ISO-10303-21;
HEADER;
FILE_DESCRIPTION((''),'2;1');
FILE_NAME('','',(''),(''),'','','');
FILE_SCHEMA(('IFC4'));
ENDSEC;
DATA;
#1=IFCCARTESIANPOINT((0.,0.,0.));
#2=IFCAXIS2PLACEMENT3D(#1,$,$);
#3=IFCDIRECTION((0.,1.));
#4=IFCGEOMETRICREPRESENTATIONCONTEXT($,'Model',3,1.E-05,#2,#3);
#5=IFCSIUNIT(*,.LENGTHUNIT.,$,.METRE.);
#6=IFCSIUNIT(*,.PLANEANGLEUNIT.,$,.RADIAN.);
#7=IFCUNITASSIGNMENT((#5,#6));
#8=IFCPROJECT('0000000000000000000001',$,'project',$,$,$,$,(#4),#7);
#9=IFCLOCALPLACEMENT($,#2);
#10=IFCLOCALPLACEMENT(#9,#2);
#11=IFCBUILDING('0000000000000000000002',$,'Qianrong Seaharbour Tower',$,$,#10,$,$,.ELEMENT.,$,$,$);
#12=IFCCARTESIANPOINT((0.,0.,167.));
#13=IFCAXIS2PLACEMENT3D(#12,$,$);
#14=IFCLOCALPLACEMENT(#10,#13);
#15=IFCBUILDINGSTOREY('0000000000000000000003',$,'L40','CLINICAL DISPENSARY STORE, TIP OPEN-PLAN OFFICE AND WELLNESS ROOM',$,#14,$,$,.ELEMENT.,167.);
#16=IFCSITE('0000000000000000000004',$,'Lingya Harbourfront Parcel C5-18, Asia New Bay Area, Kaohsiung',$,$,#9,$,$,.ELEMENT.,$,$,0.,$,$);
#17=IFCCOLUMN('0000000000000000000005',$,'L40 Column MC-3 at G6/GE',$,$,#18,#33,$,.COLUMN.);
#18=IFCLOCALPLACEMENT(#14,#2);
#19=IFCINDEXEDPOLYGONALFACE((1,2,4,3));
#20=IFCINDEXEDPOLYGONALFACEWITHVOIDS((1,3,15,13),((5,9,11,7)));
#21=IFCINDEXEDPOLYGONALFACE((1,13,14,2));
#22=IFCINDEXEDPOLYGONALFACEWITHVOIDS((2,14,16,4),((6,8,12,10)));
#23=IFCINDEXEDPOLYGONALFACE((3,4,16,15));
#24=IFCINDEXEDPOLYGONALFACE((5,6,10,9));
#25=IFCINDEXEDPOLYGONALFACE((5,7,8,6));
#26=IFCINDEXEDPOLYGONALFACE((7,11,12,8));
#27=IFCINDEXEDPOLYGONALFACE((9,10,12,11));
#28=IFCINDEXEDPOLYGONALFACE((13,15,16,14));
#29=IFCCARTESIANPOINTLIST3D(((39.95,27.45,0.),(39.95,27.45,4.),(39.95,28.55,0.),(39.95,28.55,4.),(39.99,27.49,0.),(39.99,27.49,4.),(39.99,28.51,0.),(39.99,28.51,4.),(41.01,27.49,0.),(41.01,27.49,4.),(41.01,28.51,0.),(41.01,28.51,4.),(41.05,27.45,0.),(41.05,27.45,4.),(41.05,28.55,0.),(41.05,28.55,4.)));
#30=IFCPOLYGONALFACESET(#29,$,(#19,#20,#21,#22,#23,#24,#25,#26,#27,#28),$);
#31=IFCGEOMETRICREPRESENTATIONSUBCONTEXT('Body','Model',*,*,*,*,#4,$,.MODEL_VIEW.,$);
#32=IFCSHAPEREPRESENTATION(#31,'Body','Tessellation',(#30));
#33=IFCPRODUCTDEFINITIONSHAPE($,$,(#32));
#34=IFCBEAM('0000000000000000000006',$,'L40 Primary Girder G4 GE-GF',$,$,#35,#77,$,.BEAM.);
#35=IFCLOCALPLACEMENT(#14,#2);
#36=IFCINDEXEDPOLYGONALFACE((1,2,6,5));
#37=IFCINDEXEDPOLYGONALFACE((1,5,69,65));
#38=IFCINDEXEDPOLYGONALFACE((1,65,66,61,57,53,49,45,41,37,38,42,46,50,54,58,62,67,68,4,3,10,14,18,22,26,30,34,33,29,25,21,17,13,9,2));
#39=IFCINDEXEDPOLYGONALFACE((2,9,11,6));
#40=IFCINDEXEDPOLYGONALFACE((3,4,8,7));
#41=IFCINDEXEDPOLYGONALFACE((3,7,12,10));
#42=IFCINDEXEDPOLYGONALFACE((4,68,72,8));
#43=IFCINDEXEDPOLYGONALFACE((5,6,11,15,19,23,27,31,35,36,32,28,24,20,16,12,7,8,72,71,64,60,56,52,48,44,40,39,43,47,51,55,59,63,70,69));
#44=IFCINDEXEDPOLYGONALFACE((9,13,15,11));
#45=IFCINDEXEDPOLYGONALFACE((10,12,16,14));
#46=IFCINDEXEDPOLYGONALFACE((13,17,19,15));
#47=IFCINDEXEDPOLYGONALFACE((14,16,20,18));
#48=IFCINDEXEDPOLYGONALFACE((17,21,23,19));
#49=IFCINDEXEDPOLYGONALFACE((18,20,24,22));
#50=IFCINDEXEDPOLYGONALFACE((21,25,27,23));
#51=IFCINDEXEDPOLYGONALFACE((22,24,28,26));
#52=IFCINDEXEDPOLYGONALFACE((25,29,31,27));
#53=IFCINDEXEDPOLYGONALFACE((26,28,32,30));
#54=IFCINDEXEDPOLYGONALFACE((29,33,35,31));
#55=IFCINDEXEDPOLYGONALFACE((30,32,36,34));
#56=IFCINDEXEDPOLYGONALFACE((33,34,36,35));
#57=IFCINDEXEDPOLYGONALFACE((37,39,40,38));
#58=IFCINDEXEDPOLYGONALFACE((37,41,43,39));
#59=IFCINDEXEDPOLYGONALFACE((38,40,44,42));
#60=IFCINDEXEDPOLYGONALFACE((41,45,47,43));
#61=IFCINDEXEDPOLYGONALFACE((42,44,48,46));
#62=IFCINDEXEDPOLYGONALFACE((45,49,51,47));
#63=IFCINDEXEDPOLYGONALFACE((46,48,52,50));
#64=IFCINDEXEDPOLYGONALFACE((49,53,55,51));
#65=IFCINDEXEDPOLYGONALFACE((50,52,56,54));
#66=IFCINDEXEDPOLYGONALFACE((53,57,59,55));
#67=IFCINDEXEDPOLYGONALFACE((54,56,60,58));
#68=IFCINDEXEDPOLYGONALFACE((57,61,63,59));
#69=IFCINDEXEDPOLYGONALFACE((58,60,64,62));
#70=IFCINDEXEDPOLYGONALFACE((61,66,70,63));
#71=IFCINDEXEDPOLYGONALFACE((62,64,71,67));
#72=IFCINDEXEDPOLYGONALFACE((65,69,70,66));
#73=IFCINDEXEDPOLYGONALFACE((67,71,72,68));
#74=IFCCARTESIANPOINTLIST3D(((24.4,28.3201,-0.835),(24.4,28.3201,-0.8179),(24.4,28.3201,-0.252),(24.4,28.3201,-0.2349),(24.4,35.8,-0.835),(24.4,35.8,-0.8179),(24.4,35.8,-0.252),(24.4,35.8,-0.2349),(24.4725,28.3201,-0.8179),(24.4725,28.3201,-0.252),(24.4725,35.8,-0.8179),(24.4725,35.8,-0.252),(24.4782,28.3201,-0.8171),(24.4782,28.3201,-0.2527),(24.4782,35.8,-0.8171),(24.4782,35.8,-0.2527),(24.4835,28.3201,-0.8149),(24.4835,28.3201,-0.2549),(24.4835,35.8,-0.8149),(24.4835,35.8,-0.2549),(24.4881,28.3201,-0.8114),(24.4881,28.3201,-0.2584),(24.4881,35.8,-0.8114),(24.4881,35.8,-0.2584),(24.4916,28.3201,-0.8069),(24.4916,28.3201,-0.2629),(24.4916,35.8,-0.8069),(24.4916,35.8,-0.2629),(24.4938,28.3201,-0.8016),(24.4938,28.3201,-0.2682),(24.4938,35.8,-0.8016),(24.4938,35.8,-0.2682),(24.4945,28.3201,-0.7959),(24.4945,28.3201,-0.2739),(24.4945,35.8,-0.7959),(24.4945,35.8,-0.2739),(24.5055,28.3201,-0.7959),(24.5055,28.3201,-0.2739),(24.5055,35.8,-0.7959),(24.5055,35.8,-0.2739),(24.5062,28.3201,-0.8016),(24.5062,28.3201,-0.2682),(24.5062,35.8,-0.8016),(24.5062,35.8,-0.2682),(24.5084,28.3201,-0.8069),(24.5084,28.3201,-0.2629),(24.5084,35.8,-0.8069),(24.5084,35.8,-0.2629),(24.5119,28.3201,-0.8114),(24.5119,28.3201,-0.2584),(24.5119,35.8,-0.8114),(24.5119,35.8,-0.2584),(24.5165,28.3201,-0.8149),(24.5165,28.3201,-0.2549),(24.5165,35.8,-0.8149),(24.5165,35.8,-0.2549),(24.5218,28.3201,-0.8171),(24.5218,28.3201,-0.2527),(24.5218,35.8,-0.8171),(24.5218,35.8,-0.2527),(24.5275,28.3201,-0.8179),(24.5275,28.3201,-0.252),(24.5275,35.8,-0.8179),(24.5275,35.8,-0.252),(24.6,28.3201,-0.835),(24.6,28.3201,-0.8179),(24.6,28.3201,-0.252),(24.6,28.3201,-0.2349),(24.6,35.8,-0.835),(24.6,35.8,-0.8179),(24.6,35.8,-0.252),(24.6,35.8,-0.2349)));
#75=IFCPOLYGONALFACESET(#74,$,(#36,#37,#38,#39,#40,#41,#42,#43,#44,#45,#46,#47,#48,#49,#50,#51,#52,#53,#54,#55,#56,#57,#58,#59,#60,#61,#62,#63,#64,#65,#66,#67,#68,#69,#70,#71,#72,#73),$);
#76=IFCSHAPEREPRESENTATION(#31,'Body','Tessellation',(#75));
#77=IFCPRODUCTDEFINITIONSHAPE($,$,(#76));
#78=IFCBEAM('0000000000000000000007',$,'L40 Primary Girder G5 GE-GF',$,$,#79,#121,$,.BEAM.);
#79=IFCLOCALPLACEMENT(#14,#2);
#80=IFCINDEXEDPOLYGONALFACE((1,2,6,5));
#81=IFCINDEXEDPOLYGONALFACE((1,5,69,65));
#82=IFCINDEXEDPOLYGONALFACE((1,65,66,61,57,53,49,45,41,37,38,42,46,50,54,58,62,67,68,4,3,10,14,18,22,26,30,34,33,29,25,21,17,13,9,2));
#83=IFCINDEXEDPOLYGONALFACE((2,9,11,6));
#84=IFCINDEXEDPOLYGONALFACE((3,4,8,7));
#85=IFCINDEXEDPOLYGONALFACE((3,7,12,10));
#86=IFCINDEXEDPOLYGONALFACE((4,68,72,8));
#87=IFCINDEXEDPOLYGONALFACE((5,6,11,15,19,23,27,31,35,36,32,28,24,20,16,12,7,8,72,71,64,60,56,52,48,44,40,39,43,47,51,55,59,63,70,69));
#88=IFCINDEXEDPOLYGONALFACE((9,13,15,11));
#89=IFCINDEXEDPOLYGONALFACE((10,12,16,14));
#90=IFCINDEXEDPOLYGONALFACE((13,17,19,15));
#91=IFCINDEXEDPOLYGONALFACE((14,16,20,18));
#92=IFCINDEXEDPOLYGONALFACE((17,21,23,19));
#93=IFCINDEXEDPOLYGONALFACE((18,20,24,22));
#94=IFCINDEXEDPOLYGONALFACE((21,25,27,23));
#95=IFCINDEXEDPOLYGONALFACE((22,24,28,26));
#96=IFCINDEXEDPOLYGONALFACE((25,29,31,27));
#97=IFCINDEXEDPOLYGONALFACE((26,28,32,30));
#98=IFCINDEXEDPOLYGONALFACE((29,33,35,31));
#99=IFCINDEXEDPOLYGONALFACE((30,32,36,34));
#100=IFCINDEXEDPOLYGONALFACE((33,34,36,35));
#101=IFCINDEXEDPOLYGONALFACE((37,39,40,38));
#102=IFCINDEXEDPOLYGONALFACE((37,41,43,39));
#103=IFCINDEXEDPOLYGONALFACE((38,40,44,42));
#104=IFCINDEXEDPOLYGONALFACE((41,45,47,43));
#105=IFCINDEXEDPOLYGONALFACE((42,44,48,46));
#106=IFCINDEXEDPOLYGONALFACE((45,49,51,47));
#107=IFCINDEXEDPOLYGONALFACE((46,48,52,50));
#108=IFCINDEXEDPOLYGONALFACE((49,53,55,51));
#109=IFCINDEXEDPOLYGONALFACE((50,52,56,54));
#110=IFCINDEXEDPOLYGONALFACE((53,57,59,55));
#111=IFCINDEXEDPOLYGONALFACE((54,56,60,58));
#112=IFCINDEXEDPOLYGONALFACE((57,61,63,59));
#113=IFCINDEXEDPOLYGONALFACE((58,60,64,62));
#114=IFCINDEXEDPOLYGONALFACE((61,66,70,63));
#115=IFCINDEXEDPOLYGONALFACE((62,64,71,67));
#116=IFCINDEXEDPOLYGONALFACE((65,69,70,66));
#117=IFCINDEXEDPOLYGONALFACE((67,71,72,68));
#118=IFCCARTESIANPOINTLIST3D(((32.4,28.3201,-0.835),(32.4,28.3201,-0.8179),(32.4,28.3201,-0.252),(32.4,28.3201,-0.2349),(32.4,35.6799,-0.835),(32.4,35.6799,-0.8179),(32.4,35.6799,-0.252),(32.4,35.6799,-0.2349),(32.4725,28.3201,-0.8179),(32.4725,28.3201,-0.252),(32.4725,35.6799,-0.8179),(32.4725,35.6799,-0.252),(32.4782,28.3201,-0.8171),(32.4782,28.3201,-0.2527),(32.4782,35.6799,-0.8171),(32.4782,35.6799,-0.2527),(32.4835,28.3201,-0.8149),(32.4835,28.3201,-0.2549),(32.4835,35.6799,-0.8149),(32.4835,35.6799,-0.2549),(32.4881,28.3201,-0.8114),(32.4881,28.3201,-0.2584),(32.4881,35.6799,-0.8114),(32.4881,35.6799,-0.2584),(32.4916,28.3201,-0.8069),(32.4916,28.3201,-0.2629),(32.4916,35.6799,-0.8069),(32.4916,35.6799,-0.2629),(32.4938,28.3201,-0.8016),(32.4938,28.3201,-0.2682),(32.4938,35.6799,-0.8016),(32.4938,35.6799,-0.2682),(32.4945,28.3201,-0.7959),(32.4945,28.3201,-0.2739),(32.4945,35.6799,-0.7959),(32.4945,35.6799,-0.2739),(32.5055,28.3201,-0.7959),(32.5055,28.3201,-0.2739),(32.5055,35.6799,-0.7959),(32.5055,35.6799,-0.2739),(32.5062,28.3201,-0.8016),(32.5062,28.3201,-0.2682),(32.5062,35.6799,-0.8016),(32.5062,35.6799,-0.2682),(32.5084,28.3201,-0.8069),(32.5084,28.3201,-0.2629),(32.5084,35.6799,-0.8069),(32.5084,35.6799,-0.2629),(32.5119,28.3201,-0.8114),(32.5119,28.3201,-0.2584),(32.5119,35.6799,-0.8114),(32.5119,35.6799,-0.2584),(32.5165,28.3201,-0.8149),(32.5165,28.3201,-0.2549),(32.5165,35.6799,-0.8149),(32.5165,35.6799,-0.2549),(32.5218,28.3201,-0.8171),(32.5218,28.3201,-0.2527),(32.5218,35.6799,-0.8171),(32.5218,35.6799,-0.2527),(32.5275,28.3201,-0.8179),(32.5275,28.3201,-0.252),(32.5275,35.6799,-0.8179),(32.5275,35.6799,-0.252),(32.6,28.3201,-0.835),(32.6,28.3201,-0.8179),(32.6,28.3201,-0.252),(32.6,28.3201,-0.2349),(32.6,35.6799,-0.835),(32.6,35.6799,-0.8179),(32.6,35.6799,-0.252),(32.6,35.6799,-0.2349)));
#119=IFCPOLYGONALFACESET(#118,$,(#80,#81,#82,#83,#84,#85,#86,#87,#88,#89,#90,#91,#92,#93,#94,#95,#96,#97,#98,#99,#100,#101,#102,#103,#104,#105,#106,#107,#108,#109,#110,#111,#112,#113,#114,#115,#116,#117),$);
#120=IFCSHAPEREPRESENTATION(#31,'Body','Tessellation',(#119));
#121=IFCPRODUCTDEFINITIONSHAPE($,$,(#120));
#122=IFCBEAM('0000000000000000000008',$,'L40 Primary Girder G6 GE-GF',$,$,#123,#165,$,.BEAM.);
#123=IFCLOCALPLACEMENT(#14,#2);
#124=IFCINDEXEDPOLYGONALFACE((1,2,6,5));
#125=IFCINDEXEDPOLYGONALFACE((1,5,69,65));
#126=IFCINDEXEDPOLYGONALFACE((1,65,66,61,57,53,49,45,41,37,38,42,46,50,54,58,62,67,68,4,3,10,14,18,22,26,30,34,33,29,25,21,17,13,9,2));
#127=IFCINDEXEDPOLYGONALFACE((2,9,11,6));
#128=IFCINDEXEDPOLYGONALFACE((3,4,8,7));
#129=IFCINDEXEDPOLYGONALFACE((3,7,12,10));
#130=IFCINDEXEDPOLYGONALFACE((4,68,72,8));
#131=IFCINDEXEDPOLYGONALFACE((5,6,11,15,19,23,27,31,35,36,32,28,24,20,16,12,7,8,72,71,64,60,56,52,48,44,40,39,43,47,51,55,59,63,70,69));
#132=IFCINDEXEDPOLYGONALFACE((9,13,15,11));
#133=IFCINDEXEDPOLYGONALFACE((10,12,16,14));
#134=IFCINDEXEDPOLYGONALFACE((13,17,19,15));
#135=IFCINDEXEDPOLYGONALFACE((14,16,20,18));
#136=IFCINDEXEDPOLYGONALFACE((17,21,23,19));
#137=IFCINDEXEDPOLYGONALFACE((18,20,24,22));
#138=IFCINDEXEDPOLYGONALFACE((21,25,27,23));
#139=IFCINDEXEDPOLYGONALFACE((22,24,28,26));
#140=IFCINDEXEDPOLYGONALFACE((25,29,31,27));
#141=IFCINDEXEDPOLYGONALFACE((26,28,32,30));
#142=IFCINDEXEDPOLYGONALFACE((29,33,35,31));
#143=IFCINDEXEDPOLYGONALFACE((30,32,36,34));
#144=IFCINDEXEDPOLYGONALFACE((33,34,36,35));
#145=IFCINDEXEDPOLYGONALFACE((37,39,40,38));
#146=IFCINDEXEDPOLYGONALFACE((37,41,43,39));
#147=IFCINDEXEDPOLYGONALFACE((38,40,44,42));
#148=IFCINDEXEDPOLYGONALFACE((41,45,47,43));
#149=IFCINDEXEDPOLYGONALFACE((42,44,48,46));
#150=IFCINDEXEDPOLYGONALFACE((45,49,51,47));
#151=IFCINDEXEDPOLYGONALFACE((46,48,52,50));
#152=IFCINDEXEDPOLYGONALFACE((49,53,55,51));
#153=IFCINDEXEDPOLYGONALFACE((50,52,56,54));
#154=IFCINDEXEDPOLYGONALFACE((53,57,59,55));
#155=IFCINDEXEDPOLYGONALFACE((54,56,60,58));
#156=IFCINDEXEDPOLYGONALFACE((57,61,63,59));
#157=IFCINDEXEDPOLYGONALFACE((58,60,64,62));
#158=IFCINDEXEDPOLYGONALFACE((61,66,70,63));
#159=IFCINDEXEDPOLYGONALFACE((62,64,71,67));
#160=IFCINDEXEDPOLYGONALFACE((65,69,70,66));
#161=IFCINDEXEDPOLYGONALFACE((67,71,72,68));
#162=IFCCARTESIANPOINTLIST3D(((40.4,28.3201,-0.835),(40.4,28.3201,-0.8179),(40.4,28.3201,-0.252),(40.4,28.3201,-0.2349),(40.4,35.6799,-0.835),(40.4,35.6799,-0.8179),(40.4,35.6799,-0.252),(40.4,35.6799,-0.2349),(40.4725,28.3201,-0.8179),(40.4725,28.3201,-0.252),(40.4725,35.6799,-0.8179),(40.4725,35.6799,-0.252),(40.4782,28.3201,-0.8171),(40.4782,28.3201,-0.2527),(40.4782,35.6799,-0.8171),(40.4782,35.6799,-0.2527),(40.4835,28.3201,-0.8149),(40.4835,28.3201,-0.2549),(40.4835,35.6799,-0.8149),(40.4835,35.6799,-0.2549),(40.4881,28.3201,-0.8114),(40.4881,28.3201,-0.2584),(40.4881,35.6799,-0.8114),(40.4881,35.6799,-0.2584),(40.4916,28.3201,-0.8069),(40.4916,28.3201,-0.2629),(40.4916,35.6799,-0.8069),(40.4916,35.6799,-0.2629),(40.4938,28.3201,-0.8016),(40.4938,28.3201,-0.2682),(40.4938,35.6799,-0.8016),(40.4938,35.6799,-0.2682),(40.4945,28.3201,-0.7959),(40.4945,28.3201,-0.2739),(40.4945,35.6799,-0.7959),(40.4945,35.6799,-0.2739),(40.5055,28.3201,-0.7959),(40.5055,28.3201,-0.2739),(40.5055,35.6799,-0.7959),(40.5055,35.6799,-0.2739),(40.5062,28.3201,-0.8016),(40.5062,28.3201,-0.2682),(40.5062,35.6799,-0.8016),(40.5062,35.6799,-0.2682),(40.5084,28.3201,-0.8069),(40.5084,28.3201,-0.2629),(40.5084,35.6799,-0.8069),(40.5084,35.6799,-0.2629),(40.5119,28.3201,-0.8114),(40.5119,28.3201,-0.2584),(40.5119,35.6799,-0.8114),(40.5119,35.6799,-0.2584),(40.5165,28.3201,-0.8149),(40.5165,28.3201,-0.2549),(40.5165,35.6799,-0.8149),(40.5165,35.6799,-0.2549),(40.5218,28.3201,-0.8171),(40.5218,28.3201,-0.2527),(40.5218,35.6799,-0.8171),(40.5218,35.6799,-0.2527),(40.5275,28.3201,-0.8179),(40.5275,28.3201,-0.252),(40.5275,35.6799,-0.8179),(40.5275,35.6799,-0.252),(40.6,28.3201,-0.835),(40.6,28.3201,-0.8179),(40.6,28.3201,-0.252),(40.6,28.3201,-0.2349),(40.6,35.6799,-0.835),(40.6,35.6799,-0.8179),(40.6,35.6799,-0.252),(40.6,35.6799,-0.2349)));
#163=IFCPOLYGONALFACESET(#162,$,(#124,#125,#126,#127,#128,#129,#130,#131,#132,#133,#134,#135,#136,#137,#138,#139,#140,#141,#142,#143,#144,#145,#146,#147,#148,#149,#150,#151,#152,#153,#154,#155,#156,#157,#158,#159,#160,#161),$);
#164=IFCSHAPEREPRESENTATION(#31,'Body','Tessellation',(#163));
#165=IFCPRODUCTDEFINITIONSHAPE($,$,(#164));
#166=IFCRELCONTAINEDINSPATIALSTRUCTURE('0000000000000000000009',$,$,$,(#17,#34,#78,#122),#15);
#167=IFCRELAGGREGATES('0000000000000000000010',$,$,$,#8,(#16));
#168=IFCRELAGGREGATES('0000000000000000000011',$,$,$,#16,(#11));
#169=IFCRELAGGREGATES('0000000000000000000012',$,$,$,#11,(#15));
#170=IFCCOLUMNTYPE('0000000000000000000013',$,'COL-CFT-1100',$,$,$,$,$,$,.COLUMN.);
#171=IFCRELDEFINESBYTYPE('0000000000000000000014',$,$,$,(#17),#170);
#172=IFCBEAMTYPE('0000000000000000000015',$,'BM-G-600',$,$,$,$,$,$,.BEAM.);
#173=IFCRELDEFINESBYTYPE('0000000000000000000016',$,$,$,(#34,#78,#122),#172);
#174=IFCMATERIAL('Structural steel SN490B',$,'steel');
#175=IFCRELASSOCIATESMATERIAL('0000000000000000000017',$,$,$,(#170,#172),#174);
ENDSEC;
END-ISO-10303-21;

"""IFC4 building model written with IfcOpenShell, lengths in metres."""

from ifc_helpers import new_model, si_unit, direction, frame, origin, origin_2d, place, context, subcontext, project, spatial, hollow_rectangle, i_section, extrude, material, material_profile, profile_set, type_object, element, save


model = new_model("IFC4")

# Units and contexts
model_context = context("Model", 3, precision=1e-05, world=origin(), true_north=direction((0.0, 1.0)))
body_context = subcontext(model_context, "Body", "Model", "MODEL_VIEW")
ifc_project = project(units=[si_unit("LENGTHUNIT", "METRE"), si_unit("PLANEANGLEUNIT", "RADIAN")], contexts=[model_context])

# Site, building, storey
site_placement = place(None, origin())
site = spatial("IfcSite", under=ifc_project, at=site_placement, Name="Lingya Harbourfront Parcel C5-18, Asia New Bay Area, Kaohsiung", CompositionType="ELEMENT", RefElevation=0.0)
building_placement = place(site_placement, origin())
building = spatial("IfcBuilding", under=site, at=building_placement, Name="Qianrong Seaharbour Tower", CompositionType="ELEMENT")
storey_placement = place(building_placement, frame((0.0, 0.0, 167.0)))
storey = spatial("IfcBuildingStorey", under=building, at=storey_placement, Name="L40", Description="CLINICAL DISPENSARY STORE, TIP OPEN-PLAN OFFICE AND WELLNESS ROOM", CompositionType="ELEMENT", Elevation=167.0)

# Column
ifc_material_1 = material(Name="Structural steel SN490B", Category="steel")
ifc_material_profile_1 = material_profile(ifc_material_1, hollow_rectangle(XDim=1.1001, YDim=1.1001, WallThickness=0.04, at=origin_2d()), Name="BOX1100x1100x40")
ifc_profile_set_1 = profile_set([ifc_material_profile_1], Name="Structural steel SN490B")
column_type = type_object("IfcColumnType", Name="COL-CFT-1100", PredefinedType="COLUMN", material=ifc_profile_set_1)
column_placement = place(storey_placement, frame((40.5, 28.0, 0.0), z_axis=(0.0, 0.0, 1.0), x_axis=(1.0, 0.0, 0.0)))
element("IfcColumn", 1, at=column_placement, inside=storey, type_object=column_type, Name="L40 Column MC-3 at G6/GE", PredefinedType="COLUMN", context=body_context, shape_type="SweptSolid", body=[
    extrude(hollow_rectangle(XDim=1.1001, YDim=1.1001, WallThickness=0.04, at=origin_2d()), origin(), (0.0, 0.0, 1.0), 4.0),
])

# Beams
ifc_material_profile_2 = material_profile(ifc_material_1, i_section(OverallWidth=0.2, OverallDepth=0.6001, WebThickness=0.011, FlangeThickness=0.0171, FilletRadius=0.022, at=origin_2d()), Name="H600x200x11x17")
ifc_profile_set_2 = profile_set([ifc_material_profile_2], Name="Structural steel SN490B")
beam_type_1 = type_object("IfcBeamType", Name="BM-G-600", PredefinedType="BEAM", material=ifc_profile_set_2)
beam_placement = place(storey_placement, frame((24.5, 28.3201, -0.5349), z_axis=(0.0, 1.0, 0.0), x_axis=(-1.0, 0.0, 0.0)))
element("IfcBeam", 2, at=beam_placement, inside=storey, type_object=beam_type_1, Name="L40 Primary Girder G4 GE-GF", PredefinedType="BEAM", context=body_context, shape_type="SweptSolid", body=[
    extrude(i_section(OverallWidth=0.2, OverallDepth=0.6001, WebThickness=0.011, FlangeThickness=0.0171, FilletRadius=0.022, at=origin_2d()), origin(), (0.0, 0.0, 1.0), 7.48),
])
for number, where, z_axis, x_axis, name in (
    (3, (32.5, 28.3201, -0.5349), (0.0, 1.0, 0.0), (-1.0, 0.0, 0.0), "L40 Primary Girder G5 GE-GF"),
    (4, (40.5, 28.3201, -0.5349), (0.0, 1.0, 0.0), (-1.0, 0.0, 0.0), "L40 Primary Girder G6 GE-GF"),
):
    element("IfcBeam", number, at=place(storey_placement, frame(where, z_axis=z_axis, x_axis=x_axis)), inside=storey, type_object=beam_type_1, Name=name, PredefinedType="BEAM", context=body_context, shape_type="SweptSolid", body=[
        extrude(i_section(OverallWidth=0.2, OverallDepth=0.6001, WebThickness=0.011, FlangeThickness=0.0171, FilletRadius=0.022, at=origin_2d()), origin(), (0.0, 0.0, 1.0), 7.3599),
    ])

save(model, "model.ifc")
